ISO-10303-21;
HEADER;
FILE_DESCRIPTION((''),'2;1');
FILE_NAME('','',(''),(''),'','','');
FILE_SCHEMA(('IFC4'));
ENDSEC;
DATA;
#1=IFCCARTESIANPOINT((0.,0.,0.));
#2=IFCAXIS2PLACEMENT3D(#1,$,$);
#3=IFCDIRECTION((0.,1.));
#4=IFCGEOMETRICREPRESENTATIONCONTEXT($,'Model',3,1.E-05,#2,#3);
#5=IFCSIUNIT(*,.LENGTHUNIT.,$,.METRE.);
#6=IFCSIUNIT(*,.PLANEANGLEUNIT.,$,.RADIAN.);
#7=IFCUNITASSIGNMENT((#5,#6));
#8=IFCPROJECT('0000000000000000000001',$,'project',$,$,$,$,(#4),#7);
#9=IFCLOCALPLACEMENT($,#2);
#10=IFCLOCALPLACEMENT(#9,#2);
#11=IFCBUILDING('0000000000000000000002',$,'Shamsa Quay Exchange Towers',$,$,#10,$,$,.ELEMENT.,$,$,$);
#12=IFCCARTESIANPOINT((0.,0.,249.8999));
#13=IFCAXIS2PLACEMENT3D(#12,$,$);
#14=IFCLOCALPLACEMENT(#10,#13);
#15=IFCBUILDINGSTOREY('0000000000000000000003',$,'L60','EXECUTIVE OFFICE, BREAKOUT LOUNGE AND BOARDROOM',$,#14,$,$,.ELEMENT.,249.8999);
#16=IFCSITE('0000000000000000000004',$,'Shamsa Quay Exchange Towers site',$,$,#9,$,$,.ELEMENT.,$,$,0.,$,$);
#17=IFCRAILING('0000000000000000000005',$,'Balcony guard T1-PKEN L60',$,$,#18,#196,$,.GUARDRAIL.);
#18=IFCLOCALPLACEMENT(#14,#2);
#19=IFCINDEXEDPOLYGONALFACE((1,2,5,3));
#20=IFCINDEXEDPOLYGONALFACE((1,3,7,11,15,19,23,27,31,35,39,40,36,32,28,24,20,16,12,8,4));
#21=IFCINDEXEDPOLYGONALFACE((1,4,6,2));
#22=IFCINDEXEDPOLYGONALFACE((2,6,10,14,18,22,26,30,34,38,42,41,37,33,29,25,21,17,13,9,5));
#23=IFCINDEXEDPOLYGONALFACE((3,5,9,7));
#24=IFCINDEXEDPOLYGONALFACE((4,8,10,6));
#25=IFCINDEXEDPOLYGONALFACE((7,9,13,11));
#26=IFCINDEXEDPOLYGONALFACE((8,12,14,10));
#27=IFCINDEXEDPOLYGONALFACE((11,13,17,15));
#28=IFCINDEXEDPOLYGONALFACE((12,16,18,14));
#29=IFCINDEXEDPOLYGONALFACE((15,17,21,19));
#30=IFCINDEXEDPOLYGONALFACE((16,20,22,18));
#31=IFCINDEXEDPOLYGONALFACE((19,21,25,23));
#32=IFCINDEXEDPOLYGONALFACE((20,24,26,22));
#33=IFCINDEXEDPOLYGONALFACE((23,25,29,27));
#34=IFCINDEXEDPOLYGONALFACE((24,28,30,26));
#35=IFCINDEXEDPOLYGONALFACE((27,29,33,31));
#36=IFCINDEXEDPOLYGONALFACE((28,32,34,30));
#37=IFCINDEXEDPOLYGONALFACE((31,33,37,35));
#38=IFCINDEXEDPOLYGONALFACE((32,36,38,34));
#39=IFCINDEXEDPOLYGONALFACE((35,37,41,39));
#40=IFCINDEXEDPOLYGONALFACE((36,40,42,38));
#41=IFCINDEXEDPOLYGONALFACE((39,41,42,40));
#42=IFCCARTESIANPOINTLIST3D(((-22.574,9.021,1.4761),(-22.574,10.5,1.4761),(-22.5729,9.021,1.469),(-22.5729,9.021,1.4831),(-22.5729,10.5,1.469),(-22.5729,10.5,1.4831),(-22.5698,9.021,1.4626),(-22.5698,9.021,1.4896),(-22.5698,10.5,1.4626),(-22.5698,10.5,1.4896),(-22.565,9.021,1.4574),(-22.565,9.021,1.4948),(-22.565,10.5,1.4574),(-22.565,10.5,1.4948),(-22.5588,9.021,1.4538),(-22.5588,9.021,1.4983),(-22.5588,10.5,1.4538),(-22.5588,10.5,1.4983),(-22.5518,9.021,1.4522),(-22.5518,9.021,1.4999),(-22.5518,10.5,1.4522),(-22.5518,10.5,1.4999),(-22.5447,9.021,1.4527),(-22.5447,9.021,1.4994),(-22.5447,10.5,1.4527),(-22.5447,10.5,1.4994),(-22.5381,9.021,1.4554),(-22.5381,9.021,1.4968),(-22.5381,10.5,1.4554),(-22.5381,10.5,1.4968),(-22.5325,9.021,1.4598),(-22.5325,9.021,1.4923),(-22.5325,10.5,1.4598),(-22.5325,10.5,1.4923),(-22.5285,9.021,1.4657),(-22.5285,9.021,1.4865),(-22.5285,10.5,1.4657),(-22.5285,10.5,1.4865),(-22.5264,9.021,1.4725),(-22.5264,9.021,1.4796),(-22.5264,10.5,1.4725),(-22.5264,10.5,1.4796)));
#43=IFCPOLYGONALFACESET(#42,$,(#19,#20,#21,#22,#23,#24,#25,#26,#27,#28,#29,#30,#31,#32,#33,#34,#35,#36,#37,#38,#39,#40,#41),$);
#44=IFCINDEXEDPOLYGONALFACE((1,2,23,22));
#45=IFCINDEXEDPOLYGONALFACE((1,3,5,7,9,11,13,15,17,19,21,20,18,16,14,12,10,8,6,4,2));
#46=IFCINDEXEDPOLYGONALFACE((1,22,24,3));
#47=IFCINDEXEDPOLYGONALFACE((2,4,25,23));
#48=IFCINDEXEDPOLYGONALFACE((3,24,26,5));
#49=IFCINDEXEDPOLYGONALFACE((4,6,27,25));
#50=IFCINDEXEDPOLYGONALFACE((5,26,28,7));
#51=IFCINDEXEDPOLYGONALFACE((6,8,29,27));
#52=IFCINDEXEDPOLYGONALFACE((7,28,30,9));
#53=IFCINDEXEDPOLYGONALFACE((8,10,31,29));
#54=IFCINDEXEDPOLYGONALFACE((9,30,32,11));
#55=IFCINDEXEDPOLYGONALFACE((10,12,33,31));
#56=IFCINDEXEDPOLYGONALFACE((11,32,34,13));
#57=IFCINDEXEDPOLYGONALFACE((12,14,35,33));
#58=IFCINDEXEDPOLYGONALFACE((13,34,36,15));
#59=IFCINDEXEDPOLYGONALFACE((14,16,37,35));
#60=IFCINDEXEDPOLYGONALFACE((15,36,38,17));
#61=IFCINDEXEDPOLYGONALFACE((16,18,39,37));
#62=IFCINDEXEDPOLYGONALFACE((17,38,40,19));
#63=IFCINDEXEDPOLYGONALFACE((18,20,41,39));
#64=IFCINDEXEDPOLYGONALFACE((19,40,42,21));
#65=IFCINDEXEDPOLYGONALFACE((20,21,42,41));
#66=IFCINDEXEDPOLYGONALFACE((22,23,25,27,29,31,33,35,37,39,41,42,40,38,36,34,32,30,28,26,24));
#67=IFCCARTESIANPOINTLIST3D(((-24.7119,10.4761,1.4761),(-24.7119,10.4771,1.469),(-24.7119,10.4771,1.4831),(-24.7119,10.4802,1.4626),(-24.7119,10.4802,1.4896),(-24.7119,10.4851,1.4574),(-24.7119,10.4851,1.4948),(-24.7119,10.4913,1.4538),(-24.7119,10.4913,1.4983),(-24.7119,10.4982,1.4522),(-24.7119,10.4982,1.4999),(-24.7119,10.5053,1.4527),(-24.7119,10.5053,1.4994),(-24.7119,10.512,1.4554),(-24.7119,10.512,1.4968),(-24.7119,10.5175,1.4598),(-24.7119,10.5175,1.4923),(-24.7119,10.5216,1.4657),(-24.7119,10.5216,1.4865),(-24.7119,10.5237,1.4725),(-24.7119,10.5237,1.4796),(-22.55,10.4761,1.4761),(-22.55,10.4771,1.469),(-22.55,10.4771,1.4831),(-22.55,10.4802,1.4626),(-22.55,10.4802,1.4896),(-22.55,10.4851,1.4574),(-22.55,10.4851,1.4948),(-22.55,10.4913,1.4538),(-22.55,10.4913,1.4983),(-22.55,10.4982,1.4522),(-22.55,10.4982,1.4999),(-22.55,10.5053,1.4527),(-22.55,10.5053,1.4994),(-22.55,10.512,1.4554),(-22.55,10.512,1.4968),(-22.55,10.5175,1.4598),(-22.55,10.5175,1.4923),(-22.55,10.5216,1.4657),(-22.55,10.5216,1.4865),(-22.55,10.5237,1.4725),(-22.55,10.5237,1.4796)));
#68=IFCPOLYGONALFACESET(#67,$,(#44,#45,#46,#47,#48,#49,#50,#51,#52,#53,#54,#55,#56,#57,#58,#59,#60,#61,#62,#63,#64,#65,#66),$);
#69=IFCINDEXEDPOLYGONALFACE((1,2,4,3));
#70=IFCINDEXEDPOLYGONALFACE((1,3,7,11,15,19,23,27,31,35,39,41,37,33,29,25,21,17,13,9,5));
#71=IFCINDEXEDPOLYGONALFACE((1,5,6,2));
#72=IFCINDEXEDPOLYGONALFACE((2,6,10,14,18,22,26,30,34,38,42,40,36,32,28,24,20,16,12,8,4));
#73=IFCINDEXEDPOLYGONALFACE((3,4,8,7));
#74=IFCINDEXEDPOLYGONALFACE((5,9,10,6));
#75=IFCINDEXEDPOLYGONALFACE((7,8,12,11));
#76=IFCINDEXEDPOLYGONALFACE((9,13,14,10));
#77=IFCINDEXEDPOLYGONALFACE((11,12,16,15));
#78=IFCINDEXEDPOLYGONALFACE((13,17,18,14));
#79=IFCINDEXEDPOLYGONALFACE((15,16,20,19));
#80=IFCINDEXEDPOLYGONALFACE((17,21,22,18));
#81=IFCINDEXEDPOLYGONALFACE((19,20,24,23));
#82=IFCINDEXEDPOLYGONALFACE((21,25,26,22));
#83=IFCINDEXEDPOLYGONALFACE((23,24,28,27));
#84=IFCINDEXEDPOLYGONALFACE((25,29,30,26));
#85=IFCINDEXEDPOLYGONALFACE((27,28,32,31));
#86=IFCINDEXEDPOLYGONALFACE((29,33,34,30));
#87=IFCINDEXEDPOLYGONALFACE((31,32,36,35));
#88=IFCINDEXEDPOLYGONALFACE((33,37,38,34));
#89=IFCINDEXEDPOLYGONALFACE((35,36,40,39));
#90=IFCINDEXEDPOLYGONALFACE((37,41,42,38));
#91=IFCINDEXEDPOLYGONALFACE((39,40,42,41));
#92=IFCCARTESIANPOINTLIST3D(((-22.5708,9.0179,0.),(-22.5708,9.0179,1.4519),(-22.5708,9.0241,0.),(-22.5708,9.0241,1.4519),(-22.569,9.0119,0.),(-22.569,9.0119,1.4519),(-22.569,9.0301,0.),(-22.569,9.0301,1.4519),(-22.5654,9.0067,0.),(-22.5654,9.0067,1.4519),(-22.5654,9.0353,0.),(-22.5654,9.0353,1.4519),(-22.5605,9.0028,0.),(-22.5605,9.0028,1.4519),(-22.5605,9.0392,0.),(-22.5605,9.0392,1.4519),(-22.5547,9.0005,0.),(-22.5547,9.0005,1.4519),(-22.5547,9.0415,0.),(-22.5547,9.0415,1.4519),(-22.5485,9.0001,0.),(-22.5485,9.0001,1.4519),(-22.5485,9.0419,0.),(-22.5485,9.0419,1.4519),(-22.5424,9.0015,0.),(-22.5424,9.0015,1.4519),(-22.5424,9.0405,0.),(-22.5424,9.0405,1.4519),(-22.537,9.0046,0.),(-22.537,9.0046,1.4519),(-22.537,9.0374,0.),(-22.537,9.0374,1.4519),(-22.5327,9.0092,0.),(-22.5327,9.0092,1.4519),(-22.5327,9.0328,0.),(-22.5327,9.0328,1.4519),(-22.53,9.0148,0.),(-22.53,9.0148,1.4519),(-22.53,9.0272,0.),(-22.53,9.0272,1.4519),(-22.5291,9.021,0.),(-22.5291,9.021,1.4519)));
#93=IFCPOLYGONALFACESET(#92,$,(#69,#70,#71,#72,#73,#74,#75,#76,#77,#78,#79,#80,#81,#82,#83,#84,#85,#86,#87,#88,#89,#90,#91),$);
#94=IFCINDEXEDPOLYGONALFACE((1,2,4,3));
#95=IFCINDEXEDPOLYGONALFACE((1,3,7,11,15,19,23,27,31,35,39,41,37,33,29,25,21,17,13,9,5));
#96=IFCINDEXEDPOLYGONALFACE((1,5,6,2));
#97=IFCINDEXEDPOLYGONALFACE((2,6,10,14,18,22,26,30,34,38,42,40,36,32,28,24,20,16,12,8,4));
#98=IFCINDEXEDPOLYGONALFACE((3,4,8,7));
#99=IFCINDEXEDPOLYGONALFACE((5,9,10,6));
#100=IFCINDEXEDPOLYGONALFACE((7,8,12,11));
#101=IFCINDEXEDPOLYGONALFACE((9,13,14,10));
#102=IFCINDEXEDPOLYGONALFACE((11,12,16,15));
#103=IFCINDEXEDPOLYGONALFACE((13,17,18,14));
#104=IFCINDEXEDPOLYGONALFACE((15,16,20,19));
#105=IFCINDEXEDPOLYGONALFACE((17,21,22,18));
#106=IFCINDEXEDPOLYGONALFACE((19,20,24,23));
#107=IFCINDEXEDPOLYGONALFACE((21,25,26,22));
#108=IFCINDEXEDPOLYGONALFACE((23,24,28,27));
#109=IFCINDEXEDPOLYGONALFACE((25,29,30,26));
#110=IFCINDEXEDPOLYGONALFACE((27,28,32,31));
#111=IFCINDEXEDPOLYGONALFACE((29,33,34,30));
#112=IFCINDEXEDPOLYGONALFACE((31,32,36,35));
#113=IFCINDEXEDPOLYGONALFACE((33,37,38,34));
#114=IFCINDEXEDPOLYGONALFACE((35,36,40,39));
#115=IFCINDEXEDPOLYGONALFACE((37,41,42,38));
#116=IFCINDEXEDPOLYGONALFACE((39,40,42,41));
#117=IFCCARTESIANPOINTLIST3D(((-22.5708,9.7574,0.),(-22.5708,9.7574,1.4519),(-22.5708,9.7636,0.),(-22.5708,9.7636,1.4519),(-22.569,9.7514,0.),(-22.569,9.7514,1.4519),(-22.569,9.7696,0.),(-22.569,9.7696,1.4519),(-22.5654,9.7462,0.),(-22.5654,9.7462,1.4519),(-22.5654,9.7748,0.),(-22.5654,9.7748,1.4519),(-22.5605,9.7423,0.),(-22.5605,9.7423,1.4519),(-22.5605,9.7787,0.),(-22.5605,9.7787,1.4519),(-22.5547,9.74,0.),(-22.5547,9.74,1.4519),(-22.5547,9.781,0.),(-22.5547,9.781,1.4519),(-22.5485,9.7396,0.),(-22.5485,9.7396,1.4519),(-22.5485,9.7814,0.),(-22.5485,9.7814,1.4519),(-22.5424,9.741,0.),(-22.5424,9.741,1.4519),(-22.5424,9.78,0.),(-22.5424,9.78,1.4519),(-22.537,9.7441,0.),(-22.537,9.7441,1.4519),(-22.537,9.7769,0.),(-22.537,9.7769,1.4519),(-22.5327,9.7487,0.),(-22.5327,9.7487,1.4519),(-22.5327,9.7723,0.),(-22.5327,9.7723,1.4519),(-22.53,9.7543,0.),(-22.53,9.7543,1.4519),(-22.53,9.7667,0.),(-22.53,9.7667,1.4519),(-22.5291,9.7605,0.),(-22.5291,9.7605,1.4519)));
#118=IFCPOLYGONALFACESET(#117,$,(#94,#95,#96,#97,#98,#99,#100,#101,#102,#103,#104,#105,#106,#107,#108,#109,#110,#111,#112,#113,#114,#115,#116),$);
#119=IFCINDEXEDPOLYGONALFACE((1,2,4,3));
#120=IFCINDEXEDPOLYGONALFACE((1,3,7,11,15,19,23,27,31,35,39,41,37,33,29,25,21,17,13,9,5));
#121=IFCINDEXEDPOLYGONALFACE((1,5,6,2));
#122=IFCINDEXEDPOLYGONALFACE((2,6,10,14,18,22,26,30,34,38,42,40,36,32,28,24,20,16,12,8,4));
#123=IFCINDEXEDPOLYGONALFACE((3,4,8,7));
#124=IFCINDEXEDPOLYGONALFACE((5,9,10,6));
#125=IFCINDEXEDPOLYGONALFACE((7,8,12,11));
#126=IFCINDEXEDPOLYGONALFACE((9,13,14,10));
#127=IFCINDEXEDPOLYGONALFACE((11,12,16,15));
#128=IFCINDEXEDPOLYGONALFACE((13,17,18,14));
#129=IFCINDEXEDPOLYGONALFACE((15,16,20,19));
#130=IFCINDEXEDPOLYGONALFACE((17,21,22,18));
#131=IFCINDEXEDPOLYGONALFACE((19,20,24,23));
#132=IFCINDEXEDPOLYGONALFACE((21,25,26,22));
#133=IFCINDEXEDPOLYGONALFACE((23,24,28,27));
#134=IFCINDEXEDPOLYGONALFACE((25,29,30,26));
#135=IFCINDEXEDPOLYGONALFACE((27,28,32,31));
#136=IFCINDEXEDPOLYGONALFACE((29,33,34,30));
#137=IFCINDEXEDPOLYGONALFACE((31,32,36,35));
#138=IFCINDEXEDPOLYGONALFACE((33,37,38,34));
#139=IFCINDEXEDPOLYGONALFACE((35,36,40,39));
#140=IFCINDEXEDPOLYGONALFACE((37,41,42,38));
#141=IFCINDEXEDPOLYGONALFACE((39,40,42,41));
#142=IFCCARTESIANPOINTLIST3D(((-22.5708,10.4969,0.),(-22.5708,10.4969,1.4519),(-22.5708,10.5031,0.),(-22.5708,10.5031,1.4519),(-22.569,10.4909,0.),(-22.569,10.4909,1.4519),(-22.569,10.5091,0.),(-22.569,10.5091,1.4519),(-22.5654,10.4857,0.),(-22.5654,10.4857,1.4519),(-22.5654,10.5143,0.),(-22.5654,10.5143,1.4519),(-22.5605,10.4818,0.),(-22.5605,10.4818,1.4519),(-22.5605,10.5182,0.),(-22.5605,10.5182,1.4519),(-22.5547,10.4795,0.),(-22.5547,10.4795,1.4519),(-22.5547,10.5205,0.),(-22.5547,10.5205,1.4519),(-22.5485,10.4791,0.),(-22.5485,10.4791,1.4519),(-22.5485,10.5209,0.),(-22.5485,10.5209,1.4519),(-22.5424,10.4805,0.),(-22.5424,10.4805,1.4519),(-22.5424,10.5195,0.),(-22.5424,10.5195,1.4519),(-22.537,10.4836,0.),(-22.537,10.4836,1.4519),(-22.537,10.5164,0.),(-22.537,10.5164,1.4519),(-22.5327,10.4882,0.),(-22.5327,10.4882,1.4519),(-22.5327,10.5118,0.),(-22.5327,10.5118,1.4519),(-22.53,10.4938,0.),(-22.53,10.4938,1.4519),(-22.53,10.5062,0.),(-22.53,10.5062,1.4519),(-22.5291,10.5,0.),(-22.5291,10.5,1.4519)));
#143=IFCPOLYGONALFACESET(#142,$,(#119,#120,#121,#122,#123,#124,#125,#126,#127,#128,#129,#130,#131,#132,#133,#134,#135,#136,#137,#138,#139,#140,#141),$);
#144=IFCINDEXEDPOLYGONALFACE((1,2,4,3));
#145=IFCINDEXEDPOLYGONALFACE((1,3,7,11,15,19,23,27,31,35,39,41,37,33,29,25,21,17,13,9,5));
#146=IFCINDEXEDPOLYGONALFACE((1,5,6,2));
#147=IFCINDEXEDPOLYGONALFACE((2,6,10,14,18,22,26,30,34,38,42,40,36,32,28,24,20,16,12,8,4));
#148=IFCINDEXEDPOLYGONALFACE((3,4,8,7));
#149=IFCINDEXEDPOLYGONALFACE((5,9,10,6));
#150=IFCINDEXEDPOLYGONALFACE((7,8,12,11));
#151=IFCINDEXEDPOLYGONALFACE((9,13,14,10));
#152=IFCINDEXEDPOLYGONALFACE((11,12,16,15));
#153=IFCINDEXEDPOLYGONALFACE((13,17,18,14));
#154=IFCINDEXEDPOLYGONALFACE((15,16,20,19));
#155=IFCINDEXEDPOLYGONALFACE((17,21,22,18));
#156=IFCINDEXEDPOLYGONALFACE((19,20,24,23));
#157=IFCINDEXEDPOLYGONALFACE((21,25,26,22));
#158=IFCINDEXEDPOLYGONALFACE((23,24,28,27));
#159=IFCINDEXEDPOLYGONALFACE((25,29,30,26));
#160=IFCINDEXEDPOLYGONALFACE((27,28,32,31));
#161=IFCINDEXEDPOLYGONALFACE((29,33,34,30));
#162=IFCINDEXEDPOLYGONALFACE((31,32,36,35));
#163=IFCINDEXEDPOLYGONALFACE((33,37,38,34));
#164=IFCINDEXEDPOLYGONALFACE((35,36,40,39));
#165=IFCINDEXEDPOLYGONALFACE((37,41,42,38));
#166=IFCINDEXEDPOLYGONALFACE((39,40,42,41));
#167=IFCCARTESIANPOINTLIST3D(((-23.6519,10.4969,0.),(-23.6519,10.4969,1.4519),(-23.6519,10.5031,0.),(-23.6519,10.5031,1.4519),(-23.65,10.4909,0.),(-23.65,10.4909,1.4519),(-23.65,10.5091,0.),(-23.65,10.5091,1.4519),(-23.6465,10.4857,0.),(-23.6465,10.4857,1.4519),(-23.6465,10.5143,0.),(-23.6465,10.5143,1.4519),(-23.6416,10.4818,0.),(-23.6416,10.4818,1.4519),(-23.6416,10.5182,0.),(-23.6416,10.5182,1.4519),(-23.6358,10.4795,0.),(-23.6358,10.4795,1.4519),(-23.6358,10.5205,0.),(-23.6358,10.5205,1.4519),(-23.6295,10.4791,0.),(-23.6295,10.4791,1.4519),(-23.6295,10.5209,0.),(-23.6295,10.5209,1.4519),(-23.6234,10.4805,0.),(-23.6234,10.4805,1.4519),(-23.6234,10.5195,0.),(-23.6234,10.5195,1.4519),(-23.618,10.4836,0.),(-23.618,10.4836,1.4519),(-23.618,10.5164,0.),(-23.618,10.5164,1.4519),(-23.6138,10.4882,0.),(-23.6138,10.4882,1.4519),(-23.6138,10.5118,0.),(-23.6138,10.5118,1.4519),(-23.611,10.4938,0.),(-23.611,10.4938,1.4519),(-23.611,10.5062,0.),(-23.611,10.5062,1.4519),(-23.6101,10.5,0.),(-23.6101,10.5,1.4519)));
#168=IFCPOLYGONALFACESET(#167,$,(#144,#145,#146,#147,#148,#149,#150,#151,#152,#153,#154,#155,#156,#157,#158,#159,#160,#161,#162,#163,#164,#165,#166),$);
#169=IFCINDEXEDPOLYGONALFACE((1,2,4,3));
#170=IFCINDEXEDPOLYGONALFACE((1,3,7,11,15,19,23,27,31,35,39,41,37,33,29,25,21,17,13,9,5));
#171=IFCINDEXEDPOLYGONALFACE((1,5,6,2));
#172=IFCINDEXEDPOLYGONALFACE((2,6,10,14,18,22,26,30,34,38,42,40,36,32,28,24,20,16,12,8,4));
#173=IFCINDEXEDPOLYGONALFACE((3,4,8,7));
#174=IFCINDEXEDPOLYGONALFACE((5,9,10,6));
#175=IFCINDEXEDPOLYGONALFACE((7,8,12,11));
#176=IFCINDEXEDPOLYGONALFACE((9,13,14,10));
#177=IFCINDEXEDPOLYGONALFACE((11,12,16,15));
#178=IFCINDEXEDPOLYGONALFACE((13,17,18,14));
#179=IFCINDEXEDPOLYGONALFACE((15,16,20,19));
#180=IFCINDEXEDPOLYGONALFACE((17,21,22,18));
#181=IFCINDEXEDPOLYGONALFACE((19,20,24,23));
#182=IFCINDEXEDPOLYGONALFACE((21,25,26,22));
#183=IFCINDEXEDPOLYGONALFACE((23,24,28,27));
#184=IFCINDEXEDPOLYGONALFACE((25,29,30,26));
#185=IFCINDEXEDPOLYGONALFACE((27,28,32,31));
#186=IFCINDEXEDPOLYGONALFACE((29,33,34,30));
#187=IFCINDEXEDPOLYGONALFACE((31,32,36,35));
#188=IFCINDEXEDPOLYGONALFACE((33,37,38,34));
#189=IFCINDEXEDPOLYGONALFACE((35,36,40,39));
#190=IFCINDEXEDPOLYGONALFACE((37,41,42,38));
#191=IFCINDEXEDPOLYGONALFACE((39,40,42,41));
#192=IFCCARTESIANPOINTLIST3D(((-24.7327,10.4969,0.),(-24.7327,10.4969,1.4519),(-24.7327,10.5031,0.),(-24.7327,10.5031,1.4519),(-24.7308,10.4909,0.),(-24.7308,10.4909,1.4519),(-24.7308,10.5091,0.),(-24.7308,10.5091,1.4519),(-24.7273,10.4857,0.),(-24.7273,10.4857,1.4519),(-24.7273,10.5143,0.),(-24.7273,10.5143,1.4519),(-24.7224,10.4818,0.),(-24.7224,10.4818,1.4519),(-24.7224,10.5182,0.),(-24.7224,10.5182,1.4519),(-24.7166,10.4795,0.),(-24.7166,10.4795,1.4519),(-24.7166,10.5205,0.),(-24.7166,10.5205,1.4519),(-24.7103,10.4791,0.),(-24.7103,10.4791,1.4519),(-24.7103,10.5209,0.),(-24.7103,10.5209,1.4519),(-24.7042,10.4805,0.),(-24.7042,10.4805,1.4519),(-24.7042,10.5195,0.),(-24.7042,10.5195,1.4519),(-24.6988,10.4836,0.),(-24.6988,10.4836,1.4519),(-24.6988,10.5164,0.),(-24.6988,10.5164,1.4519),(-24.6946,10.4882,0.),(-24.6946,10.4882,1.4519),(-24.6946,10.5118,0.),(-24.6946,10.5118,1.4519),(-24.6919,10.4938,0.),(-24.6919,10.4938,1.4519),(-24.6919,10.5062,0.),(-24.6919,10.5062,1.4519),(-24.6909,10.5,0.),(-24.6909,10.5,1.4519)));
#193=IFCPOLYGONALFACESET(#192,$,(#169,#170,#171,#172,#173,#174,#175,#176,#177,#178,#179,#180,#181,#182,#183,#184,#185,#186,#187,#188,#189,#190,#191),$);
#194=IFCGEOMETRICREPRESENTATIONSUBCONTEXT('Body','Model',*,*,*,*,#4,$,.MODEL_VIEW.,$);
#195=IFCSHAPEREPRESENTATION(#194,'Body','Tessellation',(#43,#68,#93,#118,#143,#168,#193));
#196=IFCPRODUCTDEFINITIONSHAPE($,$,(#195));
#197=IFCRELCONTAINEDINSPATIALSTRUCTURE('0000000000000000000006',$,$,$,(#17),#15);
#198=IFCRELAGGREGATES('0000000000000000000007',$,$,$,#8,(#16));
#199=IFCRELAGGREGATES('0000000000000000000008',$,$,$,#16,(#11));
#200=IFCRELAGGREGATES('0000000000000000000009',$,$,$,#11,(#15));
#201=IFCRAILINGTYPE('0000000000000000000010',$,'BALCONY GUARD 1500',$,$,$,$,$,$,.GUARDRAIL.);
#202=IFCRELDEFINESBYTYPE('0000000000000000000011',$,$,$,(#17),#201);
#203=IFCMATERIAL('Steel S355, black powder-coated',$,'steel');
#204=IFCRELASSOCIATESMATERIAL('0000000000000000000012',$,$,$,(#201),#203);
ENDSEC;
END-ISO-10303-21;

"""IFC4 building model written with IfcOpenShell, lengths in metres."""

from ifc_helpers import new_model, si_unit, direction, frame, origin, origin_2d, place, context, subcontext, project, spatial, circle, extrude, material, type_object, element, save


model = new_model("IFC4")

# Units and contexts
model_context = context("Model", 3, precision=1e-05, world=origin(), true_north=direction((0.0, 1.0)))
body_context = subcontext(model_context, "Body", "Model", "MODEL_VIEW")
ifc_project = project(units=[si_unit("LENGTHUNIT", "METRE"), si_unit("PLANEANGLEUNIT", "RADIAN")], contexts=[model_context])

# Site, building, storey
site_placement = place(None, origin())
site = spatial("IfcSite", under=ifc_project, at=site_placement, Name="Shamsa Quay Exchange Towers site", CompositionType="ELEMENT", RefElevation=0.0)
building_placement = place(site_placement, origin())
building = spatial("IfcBuilding", under=site, at=building_placement, Name="Shamsa Quay Exchange Towers", CompositionType="ELEMENT")
storey_placement = place(building_placement, frame((0.0, 0.0, 249.8999)))
storey = spatial("IfcBuildingStorey", under=building, at=storey_placement, Name="L60", Description="EXECUTIVE OFFICE, BREAKOUT LOUNGE AND BOARDROOM", CompositionType="ELEMENT", Elevation=249.8999)

# Railing
ifc_material_1 = material(Name="Steel S355, black powder-coated", Category="steel")
railing_type = type_object("IfcRailingType", Name="BALCONY GUARD 1500", PredefinedType="GUARDRAIL", material=ifc_material_1)
for number, where, name in (
    (1, (-22.55, 9.021, 0.0), "Balcony guard T1-PKEN L60"),
):
    element("IfcRailing", number, at=place(storey_placement, frame(where)), inside=storey, type_object=railing_type, Name=name, PredefinedType="GUARDRAIL", context=body_context, shape_type="SweptSolid", body=[
        extrude(circle(Radius=0.0239, at=origin_2d()), frame((0.0, 0.0, 1.4761), z_axis=(0.0, 1.0, 0.0), x_axis=(-1.0, 0.0, 0.0)), (0.0, 0.0, 1.0), 1.479),
        extrude(circle(Radius=0.0239, at=origin_2d()), frame((0.0, 1.479, 1.4761), z_axis=(-1.0, 0.0, 0.0), x_axis=(0.0, -1.0, 0.0)), (0.0, 0.0, 1.0), 2.1619),
        extrude(circle(Radius=0.021, at=origin_2d()), origin(), (0.0, 0.0, 1.0), 1.4519),
        extrude(circle(Radius=0.021, at=origin_2d()), frame((0.0, 0.7395, 0.0)), (0.0, 0.0, 1.0), 1.4519),
        extrude(circle(Radius=0.021, at=origin_2d()), frame((0.0, 1.479, 0.0)), (0.0, 0.0, 1.0), 1.4519),
        extrude(circle(Radius=0.021, at=origin_2d()), frame((-1.0811, 1.479, 0.0)), (0.0, 0.0, 1.0), 1.4519),
        extrude(circle(Radius=0.021, at=origin_2d()), frame((-2.1619, 1.479, 0.0)), (0.0, 0.0, 1.0), 1.4519),
    ])

save(model, "model.ifc")
